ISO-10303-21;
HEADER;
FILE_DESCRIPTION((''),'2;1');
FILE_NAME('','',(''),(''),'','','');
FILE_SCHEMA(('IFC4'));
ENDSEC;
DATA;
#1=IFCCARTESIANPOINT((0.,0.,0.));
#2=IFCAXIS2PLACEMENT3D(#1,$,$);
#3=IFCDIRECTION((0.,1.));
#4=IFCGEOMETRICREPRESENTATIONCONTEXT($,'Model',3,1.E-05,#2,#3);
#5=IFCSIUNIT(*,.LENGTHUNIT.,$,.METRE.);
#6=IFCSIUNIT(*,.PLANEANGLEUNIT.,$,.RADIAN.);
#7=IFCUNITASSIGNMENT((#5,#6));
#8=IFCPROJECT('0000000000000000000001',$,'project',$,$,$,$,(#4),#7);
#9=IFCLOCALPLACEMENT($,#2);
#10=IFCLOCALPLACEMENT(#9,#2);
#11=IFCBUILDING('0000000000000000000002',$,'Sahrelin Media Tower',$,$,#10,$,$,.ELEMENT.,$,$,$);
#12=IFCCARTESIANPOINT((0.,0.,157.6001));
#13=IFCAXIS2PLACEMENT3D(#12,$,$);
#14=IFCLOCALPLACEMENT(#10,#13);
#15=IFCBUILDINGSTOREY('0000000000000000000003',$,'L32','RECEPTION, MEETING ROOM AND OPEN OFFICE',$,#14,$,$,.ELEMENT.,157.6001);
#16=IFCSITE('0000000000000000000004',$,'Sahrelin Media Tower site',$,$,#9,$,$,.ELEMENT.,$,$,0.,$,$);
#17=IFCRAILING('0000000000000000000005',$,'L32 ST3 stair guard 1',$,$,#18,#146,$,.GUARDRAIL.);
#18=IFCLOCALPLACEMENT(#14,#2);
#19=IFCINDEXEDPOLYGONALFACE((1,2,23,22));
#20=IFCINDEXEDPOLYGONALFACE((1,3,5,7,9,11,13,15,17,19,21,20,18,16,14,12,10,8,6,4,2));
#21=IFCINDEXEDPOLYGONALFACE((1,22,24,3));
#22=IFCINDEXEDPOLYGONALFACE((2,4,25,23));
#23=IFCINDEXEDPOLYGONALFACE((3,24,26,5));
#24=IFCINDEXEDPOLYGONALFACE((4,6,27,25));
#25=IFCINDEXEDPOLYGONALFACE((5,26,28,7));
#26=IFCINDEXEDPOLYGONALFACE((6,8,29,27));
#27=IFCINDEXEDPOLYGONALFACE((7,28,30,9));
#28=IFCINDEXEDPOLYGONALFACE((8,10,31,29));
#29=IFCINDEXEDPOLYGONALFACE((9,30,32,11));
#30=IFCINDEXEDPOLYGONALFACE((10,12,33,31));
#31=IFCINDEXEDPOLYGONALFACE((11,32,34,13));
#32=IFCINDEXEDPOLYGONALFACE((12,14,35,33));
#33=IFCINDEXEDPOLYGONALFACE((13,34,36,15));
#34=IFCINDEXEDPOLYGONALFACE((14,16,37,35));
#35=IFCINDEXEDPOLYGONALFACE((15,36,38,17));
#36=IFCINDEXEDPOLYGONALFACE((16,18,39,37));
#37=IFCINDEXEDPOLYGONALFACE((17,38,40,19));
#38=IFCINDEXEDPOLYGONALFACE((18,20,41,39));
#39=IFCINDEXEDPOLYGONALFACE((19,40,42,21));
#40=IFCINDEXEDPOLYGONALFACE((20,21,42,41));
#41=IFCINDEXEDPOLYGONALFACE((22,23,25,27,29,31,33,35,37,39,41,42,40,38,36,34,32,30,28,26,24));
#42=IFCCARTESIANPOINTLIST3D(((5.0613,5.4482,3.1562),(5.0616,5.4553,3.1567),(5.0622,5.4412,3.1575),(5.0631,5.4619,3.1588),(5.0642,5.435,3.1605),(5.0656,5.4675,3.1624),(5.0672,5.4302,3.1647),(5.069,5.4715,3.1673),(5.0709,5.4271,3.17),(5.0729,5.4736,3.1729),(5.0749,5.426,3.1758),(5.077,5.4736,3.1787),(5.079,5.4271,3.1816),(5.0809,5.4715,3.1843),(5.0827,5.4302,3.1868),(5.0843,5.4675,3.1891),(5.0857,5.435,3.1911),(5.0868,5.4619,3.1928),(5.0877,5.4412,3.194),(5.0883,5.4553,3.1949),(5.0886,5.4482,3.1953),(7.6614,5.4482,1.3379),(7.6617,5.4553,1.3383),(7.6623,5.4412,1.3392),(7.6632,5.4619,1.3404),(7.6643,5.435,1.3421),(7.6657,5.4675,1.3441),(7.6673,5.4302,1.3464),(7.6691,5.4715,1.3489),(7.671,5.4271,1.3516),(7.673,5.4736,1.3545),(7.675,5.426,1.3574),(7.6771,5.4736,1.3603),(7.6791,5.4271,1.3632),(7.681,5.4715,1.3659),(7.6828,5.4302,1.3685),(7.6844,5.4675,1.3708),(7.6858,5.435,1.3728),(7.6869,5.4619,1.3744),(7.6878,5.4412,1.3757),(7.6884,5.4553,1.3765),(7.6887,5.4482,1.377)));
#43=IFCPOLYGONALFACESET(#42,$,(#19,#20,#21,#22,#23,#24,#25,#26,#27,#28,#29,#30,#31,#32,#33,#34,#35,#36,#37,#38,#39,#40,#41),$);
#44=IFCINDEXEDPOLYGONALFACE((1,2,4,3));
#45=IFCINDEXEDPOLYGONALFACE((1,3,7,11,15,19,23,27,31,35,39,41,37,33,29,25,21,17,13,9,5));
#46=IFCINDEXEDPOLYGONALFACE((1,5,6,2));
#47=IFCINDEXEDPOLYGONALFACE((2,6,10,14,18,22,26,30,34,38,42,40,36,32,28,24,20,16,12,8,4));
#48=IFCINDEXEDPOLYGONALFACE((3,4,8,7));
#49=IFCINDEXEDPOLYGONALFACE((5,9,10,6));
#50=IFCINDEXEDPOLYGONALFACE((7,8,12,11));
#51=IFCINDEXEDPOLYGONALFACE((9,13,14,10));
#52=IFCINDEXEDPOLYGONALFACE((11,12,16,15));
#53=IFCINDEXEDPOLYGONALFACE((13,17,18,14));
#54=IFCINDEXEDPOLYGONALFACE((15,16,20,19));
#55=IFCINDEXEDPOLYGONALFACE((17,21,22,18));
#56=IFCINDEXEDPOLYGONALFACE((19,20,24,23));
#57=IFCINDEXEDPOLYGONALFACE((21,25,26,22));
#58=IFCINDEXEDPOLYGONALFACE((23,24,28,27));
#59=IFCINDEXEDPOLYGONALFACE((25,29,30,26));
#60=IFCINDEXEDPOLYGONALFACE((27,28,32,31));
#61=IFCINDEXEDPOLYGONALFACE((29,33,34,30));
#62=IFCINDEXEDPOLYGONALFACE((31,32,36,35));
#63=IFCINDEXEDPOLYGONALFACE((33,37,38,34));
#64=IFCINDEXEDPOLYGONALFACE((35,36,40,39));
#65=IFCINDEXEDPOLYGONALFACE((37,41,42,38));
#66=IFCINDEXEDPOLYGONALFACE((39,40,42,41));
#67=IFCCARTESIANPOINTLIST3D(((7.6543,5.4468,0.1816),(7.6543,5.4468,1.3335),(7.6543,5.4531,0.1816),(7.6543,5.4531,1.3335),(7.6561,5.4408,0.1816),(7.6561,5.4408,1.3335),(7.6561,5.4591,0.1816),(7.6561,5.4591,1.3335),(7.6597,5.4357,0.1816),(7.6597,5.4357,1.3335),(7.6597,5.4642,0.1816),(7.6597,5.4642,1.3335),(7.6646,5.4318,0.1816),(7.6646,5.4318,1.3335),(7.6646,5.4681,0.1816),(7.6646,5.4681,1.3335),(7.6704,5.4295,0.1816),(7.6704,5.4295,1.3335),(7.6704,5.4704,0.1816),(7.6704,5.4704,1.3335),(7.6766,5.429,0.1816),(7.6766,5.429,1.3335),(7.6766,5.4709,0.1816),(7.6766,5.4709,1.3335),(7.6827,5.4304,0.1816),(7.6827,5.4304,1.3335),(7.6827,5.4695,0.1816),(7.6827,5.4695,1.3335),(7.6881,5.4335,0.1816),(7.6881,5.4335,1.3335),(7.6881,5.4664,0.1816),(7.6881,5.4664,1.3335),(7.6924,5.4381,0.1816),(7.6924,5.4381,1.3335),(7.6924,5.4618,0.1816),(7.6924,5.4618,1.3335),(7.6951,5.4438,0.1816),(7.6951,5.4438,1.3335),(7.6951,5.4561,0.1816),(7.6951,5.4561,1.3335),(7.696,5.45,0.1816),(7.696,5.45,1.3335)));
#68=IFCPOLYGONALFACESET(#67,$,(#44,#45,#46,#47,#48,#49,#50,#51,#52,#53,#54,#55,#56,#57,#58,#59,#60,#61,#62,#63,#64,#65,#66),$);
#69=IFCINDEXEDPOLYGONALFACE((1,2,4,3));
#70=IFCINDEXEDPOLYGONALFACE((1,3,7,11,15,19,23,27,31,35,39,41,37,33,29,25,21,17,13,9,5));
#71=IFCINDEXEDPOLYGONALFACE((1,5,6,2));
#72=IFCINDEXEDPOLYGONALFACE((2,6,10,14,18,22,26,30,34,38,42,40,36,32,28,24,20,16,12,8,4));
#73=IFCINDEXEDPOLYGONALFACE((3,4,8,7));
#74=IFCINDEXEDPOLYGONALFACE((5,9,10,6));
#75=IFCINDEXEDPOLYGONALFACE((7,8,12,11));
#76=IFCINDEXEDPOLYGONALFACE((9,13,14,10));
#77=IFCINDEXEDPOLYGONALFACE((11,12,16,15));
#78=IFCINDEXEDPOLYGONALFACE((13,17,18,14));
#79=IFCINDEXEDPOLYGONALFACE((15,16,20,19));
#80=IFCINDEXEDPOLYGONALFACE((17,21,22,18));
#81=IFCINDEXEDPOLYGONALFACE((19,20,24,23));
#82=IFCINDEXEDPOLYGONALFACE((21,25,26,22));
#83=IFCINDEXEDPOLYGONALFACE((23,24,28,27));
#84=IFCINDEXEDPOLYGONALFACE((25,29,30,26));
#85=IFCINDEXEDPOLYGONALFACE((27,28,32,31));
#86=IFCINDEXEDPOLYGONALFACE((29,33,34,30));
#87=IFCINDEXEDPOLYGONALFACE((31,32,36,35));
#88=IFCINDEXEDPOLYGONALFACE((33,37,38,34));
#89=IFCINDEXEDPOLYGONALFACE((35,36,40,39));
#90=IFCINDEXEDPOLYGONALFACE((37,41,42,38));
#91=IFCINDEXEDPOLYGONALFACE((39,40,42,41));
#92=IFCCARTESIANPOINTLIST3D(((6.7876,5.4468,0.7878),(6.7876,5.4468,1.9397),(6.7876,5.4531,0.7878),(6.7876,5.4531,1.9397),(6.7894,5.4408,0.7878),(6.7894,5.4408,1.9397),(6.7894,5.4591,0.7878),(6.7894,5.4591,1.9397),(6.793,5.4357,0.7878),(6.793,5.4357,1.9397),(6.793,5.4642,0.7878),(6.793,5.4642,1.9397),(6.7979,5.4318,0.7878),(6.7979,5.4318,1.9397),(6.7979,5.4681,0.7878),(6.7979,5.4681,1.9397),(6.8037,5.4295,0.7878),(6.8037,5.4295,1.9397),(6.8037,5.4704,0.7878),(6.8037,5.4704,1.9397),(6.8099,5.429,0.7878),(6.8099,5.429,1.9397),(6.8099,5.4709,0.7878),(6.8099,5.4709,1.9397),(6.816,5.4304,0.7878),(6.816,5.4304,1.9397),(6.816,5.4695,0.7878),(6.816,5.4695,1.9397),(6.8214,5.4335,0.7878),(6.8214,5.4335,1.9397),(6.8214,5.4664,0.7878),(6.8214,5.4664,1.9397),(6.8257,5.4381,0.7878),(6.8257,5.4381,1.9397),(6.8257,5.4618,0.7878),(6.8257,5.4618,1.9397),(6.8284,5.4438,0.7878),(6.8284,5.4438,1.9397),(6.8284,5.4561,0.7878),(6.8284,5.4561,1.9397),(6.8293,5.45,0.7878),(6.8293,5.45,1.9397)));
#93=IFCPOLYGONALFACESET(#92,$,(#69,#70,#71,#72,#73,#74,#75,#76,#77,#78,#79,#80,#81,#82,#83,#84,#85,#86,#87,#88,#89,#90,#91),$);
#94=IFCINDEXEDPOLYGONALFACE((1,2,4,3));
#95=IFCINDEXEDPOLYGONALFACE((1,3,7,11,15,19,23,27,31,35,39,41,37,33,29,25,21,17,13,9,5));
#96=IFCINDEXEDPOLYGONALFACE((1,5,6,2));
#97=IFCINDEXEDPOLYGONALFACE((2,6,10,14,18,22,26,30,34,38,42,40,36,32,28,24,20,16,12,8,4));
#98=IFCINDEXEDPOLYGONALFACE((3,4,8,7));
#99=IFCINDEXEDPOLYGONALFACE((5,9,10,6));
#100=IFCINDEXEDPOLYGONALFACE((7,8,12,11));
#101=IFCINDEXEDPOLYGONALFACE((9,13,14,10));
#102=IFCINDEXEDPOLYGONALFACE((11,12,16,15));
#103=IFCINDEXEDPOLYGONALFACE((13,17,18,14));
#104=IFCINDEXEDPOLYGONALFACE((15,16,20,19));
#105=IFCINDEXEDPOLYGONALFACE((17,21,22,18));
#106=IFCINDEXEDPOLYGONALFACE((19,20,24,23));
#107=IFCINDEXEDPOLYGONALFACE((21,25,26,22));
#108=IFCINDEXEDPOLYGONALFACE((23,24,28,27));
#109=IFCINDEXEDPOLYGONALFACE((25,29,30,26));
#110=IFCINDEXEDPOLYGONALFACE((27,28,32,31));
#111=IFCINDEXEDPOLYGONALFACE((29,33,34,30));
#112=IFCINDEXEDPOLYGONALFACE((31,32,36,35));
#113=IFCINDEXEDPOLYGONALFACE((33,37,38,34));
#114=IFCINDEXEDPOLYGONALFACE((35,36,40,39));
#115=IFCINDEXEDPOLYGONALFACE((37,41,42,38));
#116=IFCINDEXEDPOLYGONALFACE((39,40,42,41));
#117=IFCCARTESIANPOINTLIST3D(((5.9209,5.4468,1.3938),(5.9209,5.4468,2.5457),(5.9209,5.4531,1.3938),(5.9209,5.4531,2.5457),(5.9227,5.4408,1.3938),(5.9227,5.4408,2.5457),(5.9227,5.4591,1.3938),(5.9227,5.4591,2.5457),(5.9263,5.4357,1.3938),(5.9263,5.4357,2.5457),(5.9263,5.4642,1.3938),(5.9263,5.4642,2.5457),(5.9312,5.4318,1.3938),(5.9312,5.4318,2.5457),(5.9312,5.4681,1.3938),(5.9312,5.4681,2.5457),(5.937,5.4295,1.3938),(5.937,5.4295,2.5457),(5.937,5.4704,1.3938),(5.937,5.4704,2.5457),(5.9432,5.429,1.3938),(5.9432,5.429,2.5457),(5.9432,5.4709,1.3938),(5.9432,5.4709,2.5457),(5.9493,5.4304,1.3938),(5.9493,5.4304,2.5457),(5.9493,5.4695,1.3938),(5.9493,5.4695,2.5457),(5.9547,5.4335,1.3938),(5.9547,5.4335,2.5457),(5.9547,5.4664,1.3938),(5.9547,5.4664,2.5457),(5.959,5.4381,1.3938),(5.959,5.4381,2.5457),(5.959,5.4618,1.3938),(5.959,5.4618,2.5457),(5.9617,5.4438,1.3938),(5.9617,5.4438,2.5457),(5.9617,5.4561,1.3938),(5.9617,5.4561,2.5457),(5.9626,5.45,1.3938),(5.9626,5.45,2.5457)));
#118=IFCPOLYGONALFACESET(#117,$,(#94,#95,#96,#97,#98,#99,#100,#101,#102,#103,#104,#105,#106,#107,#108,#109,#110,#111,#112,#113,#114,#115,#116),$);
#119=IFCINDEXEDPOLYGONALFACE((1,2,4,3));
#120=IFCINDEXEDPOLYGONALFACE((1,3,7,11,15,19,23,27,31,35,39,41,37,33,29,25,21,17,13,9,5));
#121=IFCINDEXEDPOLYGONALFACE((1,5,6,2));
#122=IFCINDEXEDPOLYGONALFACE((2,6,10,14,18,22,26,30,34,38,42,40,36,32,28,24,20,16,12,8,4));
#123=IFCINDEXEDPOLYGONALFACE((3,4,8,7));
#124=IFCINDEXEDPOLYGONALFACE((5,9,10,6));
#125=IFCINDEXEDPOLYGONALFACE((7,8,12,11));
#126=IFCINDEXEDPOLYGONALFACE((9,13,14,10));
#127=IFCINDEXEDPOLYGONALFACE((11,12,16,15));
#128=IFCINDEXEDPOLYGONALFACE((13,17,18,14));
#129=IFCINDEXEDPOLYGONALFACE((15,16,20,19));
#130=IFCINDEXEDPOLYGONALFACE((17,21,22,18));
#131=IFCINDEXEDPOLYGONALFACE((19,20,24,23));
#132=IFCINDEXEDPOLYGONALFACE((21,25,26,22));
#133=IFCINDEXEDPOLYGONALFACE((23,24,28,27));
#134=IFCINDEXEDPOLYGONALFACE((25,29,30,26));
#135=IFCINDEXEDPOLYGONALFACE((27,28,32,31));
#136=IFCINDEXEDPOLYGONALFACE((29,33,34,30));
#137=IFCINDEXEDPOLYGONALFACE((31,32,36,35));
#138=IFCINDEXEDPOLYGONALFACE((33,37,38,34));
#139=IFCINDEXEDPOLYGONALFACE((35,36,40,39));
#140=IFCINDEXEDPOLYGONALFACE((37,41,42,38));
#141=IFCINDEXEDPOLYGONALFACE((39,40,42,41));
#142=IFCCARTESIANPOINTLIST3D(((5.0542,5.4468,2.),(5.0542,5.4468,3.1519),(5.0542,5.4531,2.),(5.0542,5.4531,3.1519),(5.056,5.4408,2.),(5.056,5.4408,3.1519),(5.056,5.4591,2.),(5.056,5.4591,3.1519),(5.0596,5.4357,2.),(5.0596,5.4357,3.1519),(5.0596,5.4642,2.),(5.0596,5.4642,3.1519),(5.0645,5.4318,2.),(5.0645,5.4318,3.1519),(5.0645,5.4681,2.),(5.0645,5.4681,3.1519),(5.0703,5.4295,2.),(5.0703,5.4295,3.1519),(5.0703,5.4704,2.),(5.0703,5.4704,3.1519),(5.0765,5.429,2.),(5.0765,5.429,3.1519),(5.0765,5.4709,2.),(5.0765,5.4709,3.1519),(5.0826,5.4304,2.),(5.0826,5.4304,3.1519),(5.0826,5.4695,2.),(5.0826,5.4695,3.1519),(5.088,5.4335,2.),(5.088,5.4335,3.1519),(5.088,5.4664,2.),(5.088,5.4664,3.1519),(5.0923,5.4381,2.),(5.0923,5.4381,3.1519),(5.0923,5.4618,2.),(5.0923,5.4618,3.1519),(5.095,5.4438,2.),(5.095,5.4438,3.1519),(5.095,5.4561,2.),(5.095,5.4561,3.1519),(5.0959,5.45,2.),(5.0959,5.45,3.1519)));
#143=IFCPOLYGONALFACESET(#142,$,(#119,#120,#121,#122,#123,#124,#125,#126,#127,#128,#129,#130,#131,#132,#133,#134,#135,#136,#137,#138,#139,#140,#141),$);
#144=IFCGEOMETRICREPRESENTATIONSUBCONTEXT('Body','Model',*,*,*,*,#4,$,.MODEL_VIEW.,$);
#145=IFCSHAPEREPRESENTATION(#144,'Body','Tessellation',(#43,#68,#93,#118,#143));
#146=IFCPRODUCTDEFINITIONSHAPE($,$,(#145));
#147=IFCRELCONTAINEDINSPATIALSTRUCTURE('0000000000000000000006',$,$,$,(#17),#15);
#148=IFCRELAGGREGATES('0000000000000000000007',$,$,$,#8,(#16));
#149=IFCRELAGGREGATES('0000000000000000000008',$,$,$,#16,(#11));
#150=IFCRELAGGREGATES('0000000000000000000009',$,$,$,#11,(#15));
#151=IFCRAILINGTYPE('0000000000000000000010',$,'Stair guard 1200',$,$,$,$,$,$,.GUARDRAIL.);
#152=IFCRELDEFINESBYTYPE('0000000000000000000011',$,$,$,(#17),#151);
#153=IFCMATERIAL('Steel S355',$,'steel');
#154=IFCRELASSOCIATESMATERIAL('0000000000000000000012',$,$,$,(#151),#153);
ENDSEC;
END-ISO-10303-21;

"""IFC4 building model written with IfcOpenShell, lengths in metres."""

from ifc_helpers import new_model, si_unit, direction, frame, origin, origin_2d, place, context, subcontext, project, spatial, circle, extrude, material, type_object, element, save


model = new_model("IFC4")

# Units and contexts
model_context = context("Model", 3, precision=1e-05, world=origin(), true_north=direction((0.0, 1.0)))
body_context = subcontext(model_context, "Body", "Model", "MODEL_VIEW")
ifc_project = project(units=[si_unit("LENGTHUNIT", "METRE"), si_unit("PLANEANGLEUNIT", "RADIAN")], contexts=[model_context])

# Site, building, storey
site_placement = place(None, origin())
site = spatial("IfcSite", under=ifc_project, at=site_placement, Name="Sahrelin Media Tower site", CompositionType="ELEMENT", RefElevation=0.0)
building_placement = place(site_placement, origin())
building = spatial("IfcBuilding", under=site, at=building_placement, Name="Sahrelin Media Tower", CompositionType="ELEMENT")
storey_placement = place(building_placement, frame((0.0, 0.0, 157.6001)))
storey = spatial("IfcBuildingStorey", under=building, at=storey_placement, Name="L32", Description="RECEPTION, MEETING ROOM AND OPEN OFFICE", CompositionType="ELEMENT", Elevation=157.6001)

# Shared definitions
ifc_material_1 = material(Name="Steel S355", Category="steel")

# Railing
railing_type_1 = type_object("IfcRailingType", Name="Stair guard 1200", PredefinedType="GUARDRAIL", material=ifc_material_1)
railing_1_placement = place(storey_placement, frame((7.675, 5.45, 0.1816)))
element("IfcRailing", 1, at=railing_1_placement, inside=storey, type_object=railing_type_1, Name="L32 ST3 stair guard 1", PredefinedType="GUARDRAIL", context=body_context, shape_type="SweptSolid", body=[
    extrude(circle(Radius=0.0239, at=origin_2d()), frame((0.0, 0.0, 1.1758), z_axis=(-0.819485, 0.0, 0.573101), x_axis=(0.0, -1.0, 0.0)), (0.0, 0.0, 1.0), 3.1729),
    extrude(circle(Radius=0.021, at=origin_2d()), origin(), (0.0, 0.0, 1.0), 1.1519),
    extrude(circle(Radius=0.021, at=origin_2d()), frame((-0.8667, 0.0, 0.6062)), (0.0, 0.0, 1.0), 1.1519),
    extrude(circle(Radius=0.021, at=origin_2d()), frame((-1.7334, 0.0, 1.2122)), (0.0, 0.0, 1.0), 1.1519),
    extrude(circle(Radius=0.021, at=origin_2d()), frame((-2.6001, 0.0, 1.8184)), (0.0, 0.0, 1.0), 1.1519),
])

save(model, "model.ifc")
